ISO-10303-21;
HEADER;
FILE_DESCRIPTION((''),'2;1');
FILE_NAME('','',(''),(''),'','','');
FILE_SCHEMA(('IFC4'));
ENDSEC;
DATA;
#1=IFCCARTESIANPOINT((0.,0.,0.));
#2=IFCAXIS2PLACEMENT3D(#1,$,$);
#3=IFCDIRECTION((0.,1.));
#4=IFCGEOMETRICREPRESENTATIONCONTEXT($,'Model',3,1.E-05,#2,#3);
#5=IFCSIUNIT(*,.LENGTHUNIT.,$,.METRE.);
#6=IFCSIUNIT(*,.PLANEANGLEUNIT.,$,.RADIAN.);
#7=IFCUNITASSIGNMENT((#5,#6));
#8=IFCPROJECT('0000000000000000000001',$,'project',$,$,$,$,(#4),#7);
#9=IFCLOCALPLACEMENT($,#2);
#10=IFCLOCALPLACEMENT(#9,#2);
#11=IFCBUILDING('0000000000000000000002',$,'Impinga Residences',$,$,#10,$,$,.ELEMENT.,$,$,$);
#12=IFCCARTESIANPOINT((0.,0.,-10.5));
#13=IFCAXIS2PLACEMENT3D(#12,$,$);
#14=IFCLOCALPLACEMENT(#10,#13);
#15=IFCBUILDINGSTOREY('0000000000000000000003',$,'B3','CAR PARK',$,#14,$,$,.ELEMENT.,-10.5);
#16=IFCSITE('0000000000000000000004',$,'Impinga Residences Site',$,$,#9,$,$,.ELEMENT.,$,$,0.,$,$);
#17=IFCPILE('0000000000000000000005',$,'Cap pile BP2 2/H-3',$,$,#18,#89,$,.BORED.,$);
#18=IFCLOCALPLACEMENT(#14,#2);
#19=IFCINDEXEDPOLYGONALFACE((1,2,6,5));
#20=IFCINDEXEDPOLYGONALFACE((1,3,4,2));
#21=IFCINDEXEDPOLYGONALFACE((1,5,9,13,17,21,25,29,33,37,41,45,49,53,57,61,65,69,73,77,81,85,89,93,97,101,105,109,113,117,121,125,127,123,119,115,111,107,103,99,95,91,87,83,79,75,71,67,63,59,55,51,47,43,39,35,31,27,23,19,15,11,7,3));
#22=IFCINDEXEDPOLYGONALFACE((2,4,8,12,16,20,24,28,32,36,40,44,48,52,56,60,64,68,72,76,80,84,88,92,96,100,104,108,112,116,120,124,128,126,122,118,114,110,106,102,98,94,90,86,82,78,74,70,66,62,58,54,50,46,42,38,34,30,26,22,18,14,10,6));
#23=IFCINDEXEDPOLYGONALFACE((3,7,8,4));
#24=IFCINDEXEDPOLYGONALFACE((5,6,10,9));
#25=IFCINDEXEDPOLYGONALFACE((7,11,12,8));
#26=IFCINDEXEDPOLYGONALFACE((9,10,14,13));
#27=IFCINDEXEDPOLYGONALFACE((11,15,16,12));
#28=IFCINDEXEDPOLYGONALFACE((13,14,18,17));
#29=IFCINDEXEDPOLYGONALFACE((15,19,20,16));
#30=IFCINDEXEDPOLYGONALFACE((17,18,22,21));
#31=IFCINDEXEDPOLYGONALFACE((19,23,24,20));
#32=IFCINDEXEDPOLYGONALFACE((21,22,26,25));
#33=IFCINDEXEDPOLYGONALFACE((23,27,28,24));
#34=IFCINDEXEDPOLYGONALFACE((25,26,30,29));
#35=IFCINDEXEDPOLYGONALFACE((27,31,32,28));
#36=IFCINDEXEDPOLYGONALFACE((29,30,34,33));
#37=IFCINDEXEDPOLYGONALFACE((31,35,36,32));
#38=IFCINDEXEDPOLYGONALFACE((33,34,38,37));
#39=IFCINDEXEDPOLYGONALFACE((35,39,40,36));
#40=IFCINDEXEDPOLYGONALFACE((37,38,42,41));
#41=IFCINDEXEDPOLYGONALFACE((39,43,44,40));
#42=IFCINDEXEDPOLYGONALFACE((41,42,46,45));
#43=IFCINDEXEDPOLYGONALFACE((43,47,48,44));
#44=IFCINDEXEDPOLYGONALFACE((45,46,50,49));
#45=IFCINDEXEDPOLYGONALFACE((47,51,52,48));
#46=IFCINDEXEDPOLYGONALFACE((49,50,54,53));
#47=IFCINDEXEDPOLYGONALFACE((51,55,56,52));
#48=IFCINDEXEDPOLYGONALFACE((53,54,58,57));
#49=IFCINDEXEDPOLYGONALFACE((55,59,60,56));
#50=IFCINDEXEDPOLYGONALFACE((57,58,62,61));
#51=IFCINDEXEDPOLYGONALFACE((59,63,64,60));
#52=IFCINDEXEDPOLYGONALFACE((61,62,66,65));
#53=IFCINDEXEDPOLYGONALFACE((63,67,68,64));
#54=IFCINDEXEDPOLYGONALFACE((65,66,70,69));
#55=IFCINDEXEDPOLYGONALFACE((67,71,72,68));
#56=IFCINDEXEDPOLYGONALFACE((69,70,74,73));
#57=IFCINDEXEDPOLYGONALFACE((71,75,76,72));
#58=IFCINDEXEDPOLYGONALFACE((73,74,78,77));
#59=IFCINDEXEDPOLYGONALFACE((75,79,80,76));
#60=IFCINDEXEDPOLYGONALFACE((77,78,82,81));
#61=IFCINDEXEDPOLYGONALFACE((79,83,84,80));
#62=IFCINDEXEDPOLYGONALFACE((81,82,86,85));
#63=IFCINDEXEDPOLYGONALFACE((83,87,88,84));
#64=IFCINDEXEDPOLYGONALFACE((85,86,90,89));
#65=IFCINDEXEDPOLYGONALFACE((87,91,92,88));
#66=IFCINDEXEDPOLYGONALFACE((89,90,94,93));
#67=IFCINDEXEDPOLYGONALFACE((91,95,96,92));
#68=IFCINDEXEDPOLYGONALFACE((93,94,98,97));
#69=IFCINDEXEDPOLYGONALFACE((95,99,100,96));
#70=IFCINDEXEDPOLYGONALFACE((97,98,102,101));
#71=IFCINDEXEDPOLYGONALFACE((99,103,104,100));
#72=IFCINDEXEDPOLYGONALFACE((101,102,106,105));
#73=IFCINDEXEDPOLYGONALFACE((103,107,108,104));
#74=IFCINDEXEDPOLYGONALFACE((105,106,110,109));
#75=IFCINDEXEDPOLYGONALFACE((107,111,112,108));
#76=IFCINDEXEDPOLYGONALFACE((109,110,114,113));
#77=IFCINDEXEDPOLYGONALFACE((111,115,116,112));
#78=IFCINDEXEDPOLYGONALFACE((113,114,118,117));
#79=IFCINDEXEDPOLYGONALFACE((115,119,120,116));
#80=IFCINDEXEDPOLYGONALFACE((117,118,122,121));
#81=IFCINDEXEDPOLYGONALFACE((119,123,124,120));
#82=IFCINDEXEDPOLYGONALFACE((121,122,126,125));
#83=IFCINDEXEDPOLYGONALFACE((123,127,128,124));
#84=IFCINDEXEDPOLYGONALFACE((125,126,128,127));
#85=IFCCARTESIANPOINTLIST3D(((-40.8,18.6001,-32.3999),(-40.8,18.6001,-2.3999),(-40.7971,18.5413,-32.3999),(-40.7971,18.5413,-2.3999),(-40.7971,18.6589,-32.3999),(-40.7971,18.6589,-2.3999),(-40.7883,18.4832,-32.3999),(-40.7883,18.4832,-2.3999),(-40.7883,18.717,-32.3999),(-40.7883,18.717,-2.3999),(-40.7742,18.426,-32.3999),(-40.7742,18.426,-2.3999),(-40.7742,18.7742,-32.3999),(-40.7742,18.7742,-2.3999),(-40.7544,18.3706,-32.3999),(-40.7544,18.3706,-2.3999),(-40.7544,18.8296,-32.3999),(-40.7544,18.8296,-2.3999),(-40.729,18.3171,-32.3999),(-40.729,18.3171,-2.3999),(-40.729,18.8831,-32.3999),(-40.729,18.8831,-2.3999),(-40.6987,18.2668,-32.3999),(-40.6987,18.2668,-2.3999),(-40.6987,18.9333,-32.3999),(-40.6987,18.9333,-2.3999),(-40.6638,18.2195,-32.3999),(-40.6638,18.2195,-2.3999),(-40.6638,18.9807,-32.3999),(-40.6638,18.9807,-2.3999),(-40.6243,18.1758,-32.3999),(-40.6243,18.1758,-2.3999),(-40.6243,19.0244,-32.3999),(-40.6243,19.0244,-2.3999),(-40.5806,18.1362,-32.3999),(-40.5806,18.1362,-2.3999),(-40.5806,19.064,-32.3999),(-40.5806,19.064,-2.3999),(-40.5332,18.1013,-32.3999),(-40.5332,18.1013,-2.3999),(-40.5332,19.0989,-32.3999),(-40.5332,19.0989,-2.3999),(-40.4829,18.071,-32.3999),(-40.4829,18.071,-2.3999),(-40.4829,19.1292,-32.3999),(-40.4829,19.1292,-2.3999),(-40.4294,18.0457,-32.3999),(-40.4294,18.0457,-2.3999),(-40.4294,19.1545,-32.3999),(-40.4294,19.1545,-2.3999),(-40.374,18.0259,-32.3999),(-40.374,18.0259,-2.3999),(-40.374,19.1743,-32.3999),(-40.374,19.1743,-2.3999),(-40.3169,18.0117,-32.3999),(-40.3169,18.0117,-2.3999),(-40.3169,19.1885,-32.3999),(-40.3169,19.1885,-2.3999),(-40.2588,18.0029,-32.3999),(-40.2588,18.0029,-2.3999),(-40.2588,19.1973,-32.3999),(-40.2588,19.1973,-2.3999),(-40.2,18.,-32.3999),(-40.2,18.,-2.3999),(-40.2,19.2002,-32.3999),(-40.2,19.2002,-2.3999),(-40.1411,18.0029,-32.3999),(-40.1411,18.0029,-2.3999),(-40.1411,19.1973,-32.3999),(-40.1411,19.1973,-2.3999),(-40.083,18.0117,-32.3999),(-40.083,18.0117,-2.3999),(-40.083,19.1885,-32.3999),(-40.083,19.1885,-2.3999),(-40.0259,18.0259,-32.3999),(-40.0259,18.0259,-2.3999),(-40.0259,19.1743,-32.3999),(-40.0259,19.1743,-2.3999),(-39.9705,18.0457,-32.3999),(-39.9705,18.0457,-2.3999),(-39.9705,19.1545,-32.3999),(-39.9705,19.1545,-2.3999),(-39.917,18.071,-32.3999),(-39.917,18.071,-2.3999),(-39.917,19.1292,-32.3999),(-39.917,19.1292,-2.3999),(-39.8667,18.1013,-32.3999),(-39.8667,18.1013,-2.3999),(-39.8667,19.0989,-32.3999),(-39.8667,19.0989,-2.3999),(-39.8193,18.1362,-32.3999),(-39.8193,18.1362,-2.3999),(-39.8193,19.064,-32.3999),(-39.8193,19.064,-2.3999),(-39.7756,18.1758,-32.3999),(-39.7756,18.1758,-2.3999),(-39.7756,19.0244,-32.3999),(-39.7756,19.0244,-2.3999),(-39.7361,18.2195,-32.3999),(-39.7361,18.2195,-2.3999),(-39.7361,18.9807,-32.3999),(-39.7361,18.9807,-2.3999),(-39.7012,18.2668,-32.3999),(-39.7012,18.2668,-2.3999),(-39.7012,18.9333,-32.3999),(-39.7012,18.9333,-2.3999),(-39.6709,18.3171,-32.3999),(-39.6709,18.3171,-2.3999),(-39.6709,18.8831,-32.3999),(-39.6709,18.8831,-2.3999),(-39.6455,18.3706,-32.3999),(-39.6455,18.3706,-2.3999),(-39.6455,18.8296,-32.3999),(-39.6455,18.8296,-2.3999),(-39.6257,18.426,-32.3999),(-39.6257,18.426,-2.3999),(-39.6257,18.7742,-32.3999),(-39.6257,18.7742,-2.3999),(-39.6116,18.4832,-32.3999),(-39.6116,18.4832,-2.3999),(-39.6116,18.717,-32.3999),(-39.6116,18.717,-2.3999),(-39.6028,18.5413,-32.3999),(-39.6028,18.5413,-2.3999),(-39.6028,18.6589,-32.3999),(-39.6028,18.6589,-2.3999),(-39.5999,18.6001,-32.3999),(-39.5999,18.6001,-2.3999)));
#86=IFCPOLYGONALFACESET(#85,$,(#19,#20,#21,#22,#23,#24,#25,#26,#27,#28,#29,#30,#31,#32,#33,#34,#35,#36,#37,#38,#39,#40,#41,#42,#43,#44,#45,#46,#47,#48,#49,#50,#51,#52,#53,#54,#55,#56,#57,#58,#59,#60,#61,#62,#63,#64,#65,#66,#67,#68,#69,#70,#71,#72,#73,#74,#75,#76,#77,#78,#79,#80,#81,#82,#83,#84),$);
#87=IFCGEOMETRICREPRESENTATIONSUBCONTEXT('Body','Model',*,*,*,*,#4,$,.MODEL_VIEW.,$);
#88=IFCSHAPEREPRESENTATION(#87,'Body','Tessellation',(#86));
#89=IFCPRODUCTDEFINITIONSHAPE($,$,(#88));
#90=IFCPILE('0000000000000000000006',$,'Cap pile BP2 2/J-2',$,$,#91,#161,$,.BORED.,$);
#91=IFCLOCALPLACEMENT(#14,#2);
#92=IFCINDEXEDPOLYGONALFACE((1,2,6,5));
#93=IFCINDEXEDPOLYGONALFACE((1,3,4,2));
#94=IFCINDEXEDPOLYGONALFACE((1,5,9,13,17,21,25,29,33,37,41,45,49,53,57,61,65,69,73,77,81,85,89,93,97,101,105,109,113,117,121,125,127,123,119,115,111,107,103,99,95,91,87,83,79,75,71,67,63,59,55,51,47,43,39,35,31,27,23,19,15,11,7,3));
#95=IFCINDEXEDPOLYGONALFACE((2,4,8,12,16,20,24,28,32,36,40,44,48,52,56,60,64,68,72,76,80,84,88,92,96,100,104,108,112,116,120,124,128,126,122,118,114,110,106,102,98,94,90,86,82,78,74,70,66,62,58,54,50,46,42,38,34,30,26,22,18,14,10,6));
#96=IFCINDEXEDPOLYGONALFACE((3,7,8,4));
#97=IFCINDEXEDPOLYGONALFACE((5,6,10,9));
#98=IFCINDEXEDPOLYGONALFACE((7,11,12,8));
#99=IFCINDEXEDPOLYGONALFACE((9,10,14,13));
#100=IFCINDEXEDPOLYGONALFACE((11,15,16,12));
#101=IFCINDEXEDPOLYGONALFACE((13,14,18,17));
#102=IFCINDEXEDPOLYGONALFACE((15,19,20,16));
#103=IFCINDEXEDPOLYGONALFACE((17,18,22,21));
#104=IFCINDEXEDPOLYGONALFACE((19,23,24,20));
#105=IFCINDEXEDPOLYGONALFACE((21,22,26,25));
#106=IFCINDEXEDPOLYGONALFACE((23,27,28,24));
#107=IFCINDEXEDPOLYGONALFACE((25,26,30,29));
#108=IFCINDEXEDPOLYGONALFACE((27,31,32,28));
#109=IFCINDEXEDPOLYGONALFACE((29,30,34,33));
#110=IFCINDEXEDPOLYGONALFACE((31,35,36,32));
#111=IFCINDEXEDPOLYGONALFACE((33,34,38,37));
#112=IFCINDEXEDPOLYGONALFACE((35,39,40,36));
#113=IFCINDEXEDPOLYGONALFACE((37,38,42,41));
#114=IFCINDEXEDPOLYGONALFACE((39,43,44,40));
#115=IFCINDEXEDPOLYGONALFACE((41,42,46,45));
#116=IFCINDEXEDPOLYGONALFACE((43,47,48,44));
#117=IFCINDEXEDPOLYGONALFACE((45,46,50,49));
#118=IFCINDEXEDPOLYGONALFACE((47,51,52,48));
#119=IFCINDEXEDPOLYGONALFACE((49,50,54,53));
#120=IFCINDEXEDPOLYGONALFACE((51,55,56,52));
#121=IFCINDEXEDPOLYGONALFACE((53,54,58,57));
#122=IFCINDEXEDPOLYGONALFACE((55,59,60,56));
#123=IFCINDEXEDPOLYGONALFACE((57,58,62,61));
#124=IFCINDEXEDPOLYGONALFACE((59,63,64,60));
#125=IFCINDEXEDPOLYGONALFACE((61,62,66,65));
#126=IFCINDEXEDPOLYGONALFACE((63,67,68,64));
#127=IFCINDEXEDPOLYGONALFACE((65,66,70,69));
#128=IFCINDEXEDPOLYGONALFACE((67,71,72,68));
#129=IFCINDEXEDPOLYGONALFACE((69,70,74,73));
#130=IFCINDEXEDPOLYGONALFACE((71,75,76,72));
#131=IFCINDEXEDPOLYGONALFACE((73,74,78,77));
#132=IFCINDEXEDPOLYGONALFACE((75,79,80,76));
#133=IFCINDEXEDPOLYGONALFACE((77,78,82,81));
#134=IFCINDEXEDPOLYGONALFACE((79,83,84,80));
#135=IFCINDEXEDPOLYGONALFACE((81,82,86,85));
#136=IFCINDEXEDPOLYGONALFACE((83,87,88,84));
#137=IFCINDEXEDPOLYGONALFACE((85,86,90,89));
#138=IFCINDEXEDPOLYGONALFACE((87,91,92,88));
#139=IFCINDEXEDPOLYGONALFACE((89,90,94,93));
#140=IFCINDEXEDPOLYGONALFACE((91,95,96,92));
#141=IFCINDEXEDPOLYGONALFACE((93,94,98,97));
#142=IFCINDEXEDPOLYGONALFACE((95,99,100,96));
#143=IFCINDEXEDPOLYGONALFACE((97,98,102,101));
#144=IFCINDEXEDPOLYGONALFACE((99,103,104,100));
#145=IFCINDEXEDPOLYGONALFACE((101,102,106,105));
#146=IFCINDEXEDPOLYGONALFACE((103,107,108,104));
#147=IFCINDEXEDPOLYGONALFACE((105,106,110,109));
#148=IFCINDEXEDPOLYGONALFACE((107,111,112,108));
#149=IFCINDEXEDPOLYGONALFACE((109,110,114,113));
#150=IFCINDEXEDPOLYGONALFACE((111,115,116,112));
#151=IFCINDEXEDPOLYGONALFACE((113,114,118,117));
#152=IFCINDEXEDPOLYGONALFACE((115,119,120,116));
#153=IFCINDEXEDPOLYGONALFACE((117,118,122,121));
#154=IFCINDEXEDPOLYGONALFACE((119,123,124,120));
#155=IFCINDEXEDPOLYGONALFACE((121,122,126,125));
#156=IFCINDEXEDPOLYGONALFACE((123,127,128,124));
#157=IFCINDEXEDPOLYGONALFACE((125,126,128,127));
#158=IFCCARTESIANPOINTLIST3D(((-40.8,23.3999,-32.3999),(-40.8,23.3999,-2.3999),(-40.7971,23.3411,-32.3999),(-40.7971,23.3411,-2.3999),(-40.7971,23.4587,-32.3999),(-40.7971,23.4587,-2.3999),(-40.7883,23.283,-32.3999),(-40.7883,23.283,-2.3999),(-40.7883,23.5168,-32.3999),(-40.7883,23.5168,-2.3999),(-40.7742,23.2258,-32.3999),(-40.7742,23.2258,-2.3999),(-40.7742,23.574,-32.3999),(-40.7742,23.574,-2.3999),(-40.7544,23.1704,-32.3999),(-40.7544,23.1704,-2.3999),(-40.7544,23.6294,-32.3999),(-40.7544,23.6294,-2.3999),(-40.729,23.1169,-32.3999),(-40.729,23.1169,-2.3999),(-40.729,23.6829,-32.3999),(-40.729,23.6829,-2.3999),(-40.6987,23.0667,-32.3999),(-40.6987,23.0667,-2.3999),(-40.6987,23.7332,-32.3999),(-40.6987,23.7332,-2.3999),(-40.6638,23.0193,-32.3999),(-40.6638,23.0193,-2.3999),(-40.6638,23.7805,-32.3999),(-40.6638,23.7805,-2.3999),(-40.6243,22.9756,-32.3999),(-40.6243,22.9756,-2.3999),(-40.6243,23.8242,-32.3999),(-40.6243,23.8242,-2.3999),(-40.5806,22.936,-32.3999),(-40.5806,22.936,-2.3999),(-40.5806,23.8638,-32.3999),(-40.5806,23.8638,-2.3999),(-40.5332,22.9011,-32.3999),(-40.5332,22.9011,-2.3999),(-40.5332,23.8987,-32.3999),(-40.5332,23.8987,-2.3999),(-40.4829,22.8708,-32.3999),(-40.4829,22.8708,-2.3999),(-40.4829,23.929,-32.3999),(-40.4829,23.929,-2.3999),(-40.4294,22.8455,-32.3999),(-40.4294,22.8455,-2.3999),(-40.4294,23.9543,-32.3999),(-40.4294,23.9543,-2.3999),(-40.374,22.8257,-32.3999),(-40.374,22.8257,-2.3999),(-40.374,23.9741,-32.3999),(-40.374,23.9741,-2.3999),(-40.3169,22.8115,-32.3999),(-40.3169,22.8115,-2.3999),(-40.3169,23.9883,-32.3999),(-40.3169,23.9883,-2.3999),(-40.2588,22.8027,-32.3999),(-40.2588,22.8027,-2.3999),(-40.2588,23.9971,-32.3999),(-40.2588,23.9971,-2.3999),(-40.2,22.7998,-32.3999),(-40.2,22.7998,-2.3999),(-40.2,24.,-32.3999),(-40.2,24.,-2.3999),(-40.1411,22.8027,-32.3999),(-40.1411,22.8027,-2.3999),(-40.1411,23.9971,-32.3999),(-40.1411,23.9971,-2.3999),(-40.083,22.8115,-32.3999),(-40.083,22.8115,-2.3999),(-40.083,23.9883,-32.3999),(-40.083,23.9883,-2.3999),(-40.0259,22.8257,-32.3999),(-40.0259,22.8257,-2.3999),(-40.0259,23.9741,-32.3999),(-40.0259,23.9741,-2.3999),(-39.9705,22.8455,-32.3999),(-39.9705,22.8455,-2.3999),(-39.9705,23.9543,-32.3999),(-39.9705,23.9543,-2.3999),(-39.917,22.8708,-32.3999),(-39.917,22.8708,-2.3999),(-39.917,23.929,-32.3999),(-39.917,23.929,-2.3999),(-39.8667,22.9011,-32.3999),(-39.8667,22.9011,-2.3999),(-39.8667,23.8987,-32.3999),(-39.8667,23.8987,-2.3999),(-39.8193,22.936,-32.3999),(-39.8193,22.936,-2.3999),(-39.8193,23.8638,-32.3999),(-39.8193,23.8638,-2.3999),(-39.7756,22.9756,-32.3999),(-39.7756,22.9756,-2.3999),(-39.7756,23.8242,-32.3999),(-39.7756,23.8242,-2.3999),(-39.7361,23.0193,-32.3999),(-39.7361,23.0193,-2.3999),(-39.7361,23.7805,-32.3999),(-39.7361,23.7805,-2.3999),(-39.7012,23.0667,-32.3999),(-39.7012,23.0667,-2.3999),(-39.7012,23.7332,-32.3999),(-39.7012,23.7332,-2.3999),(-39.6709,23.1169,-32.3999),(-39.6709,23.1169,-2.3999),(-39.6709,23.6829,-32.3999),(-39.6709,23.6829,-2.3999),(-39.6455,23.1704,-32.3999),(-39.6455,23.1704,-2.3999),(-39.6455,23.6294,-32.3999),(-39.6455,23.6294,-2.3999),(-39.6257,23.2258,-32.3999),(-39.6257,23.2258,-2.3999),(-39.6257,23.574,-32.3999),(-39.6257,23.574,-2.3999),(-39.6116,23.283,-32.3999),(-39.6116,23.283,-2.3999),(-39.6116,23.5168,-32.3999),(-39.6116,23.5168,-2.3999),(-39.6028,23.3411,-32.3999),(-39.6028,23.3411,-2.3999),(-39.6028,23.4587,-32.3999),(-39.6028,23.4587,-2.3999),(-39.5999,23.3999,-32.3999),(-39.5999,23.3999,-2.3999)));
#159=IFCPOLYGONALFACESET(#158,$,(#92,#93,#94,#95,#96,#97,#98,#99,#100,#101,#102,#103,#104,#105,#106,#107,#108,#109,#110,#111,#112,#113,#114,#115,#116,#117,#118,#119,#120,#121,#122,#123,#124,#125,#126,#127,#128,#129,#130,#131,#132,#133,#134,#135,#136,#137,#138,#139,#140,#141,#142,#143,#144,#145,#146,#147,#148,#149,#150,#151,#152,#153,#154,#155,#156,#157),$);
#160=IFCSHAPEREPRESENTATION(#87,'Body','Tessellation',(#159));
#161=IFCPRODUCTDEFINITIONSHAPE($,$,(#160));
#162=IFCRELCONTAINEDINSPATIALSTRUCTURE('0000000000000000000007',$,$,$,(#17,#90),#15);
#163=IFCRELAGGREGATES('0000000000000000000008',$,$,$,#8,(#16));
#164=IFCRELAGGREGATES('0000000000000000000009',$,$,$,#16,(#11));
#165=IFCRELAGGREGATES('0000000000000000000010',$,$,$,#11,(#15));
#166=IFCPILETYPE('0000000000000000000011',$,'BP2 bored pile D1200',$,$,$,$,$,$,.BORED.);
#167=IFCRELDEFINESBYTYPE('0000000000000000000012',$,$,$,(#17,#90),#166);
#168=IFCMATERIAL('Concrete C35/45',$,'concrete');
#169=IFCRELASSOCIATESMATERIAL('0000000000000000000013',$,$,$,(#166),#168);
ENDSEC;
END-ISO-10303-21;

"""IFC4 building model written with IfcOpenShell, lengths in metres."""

from ifc_helpers import new_model, si_unit, direction, frame, origin, origin_2d, place, context, subcontext, project, spatial, polyline, circle, outline, extrude, material, material_profile, profile_set, type_object, element, save


model = new_model("IFC4")

# Units and contexts
model_context = context("Model", 3, precision=1e-05, world=origin(), true_north=direction((0.0, 1.0)))
body_context = subcontext(model_context, "Body", "Model", "MODEL_VIEW")
ifc_project = project(units=[si_unit("LENGTHUNIT", "METRE"), si_unit("PLANEANGLEUNIT", "RADIAN")], contexts=[model_context])

# Site, building, storey
site_placement = place(None, origin())
site = spatial("IfcSite", under=ifc_project, at=site_placement, Name="Impinga Residences Site", CompositionType="ELEMENT", RefElevation=0.0)
building_placement = place(site_placement, origin())
building = spatial("IfcBuilding", under=site, at=building_placement, Name="Impinga Residences", CompositionType="ELEMENT")
storey_placement = place(building_placement, frame((0.0, 0.0, -10.5)))
storey = spatial("IfcBuildingStorey", under=building, at=storey_placement, Name="B3", Description="CAR PARK", CompositionType="ELEMENT", Elevation=-10.5)

# Piles
ifc_material_1 = material(Name="Concrete C35/45", Category="concrete")
ifc_material_profile_1 = material_profile(ifc_material_1, circle(Radius=0.6001, at=origin_2d()), Name="D1200")
ifc_profile_set_1 = profile_set([ifc_material_profile_1], Name="Concrete C35/45")
pile_type = type_object("IfcPileType", Name="BP2 bored pile D1200", PredefinedType="BORED", material=ifc_profile_set_1)
pile_1_placement = place(storey_placement, frame((-40.2, 18.6001, -2.3999), z_axis=(0.0, 0.0, -1.0), x_axis=(1.0, 0.0, 0.0)))
element("IfcPile", 1, at=pile_1_placement, inside=storey, type_object=pile_type, Name="Cap pile BP2 2/H-3", PredefinedType="BORED", context=body_context, shape_type="SweptSolid", body=[
    extrude(outline(polyline([(0.6001, 0.0), (0.5972, 0.0588), (0.5884, 0.1169), (0.5742, 0.1741), (0.5544, 0.2295), (0.5291, 0.283), (0.4988, 0.3333), (0.4639, 0.3806), (0.4243, 0.4243), (0.3806, 0.4639), (0.3333, 0.4988), (0.283, 0.5291), (0.2295, 0.5544), (0.1741, 0.5742), (0.1169, 0.5884), (0.0588, 0.5972), (0.0, 0.6001), (-0.0588, 0.5972), (-0.1169, 0.5884), (-0.1741, 0.5742), (-0.2295, 0.5544), (-0.283, 0.5291), (-0.3333, 0.4988), (-0.3806, 0.4639), (-0.4243, 0.4243), (-0.4639, 0.3806), (-0.4988, 0.3333), (-0.5291, 0.283), (-0.5544, 0.2295), (-0.5742, 0.1741), (-0.5884, 0.1169), (-0.5972, 0.0588), (-0.6001, 0.0), (-0.5972, -0.0588), (-0.5884, -0.1169), (-0.5742, -0.1741), (-0.5544, -0.2295), (-0.5291, -0.283), (-0.4988, -0.3333), (-0.4639, -0.3806), (-0.4243, -0.4243), (-0.3806, -0.4639), (-0.3333, -0.4988), (-0.283, -0.5291), (-0.2295, -0.5544), (-0.1741, -0.5742), (-0.1169, -0.5884), (-0.0588, -0.5972), (0.0, -0.6001), (0.0588, -0.5972), (0.1169, -0.5884), (0.1741, -0.5742), (0.2295, -0.5544), (0.283, -0.5291), (0.3333, -0.4988), (0.3806, -0.4639), (0.4243, -0.4243), (0.4639, -0.3806), (0.4988, -0.3333), (0.5291, -0.283), (0.5544, -0.2295), (0.5742, -0.1741), (0.5884, -0.1169), (0.5972, -0.0588), (0.6001, 0.0)])), origin(), (0.0, 0.0, 1.0), 30.0),
])
pile_2_placement = place(storey_placement, frame((-40.2, 23.3999, -2.3999), z_axis=(0.0, 0.0, -1.0), x_axis=(1.0, 0.0, 0.0)))
element("IfcPile", 2, at=pile_2_placement, inside=storey, type_object=pile_type, Name="Cap pile BP2 2/J-2", PredefinedType="BORED", context=body_context, shape_type="SweptSolid", body=[
    extrude(outline(polyline([(0.6001, 0.0), (0.5972, 0.0588), (0.5884, 0.1169), (0.5742, 0.1741), (0.5544, 0.2295), (0.5291, 0.283), (0.4988, 0.3333), (0.4639, 0.3806), (0.4243, 0.4243), (0.3806, 0.4639), (0.3333, 0.4988), (0.283, 0.5291), (0.2295, 0.5544), (0.1741, 0.5742), (0.1169, 0.5884), (0.0588, 0.5972), (0.0, 0.6001), (-0.0588, 0.5972), (-0.1169, 0.5884), (-0.1741, 0.5742), (-0.2295, 0.5544), (-0.283, 0.5291), (-0.3333, 0.4988), (-0.3806, 0.4639), (-0.4243, 0.4243), (-0.4639, 0.3806), (-0.4988, 0.3333), (-0.5291, 0.283), (-0.5544, 0.2295), (-0.5742, 0.1741), (-0.5884, 0.1169), (-0.5972, 0.0588), (-0.6001, 0.0), (-0.5972, -0.0588), (-0.5884, -0.1169), (-0.5742, -0.1741), (-0.5544, -0.2295), (-0.5291, -0.283), (-0.4988, -0.3333), (-0.4639, -0.3806), (-0.4243, -0.4243), (-0.3806, -0.4639), (-0.3333, -0.4988), (-0.283, -0.5291), (-0.2295, -0.5544), (-0.1741, -0.5742), (-0.1169, -0.5884), (-0.0588, -0.5972), (0.0, -0.6001), (0.0588, -0.5972), (0.1169, -0.5884), (0.1741, -0.5742), (0.2295, -0.5544), (0.283, -0.5291), (0.3333, -0.4988), (0.3806, -0.4639), (0.4243, -0.4243), (0.4639, -0.3806), (0.4988, -0.3333), (0.5291, -0.283), (0.5544, -0.2295), (0.5742, -0.1741), (0.5884, -0.1169), (0.5972, -0.0588), (0.6001, 0.0)])), origin(), (0.0, 0.0, 1.0), 30.0),
])

save(model, "model.ifc")
